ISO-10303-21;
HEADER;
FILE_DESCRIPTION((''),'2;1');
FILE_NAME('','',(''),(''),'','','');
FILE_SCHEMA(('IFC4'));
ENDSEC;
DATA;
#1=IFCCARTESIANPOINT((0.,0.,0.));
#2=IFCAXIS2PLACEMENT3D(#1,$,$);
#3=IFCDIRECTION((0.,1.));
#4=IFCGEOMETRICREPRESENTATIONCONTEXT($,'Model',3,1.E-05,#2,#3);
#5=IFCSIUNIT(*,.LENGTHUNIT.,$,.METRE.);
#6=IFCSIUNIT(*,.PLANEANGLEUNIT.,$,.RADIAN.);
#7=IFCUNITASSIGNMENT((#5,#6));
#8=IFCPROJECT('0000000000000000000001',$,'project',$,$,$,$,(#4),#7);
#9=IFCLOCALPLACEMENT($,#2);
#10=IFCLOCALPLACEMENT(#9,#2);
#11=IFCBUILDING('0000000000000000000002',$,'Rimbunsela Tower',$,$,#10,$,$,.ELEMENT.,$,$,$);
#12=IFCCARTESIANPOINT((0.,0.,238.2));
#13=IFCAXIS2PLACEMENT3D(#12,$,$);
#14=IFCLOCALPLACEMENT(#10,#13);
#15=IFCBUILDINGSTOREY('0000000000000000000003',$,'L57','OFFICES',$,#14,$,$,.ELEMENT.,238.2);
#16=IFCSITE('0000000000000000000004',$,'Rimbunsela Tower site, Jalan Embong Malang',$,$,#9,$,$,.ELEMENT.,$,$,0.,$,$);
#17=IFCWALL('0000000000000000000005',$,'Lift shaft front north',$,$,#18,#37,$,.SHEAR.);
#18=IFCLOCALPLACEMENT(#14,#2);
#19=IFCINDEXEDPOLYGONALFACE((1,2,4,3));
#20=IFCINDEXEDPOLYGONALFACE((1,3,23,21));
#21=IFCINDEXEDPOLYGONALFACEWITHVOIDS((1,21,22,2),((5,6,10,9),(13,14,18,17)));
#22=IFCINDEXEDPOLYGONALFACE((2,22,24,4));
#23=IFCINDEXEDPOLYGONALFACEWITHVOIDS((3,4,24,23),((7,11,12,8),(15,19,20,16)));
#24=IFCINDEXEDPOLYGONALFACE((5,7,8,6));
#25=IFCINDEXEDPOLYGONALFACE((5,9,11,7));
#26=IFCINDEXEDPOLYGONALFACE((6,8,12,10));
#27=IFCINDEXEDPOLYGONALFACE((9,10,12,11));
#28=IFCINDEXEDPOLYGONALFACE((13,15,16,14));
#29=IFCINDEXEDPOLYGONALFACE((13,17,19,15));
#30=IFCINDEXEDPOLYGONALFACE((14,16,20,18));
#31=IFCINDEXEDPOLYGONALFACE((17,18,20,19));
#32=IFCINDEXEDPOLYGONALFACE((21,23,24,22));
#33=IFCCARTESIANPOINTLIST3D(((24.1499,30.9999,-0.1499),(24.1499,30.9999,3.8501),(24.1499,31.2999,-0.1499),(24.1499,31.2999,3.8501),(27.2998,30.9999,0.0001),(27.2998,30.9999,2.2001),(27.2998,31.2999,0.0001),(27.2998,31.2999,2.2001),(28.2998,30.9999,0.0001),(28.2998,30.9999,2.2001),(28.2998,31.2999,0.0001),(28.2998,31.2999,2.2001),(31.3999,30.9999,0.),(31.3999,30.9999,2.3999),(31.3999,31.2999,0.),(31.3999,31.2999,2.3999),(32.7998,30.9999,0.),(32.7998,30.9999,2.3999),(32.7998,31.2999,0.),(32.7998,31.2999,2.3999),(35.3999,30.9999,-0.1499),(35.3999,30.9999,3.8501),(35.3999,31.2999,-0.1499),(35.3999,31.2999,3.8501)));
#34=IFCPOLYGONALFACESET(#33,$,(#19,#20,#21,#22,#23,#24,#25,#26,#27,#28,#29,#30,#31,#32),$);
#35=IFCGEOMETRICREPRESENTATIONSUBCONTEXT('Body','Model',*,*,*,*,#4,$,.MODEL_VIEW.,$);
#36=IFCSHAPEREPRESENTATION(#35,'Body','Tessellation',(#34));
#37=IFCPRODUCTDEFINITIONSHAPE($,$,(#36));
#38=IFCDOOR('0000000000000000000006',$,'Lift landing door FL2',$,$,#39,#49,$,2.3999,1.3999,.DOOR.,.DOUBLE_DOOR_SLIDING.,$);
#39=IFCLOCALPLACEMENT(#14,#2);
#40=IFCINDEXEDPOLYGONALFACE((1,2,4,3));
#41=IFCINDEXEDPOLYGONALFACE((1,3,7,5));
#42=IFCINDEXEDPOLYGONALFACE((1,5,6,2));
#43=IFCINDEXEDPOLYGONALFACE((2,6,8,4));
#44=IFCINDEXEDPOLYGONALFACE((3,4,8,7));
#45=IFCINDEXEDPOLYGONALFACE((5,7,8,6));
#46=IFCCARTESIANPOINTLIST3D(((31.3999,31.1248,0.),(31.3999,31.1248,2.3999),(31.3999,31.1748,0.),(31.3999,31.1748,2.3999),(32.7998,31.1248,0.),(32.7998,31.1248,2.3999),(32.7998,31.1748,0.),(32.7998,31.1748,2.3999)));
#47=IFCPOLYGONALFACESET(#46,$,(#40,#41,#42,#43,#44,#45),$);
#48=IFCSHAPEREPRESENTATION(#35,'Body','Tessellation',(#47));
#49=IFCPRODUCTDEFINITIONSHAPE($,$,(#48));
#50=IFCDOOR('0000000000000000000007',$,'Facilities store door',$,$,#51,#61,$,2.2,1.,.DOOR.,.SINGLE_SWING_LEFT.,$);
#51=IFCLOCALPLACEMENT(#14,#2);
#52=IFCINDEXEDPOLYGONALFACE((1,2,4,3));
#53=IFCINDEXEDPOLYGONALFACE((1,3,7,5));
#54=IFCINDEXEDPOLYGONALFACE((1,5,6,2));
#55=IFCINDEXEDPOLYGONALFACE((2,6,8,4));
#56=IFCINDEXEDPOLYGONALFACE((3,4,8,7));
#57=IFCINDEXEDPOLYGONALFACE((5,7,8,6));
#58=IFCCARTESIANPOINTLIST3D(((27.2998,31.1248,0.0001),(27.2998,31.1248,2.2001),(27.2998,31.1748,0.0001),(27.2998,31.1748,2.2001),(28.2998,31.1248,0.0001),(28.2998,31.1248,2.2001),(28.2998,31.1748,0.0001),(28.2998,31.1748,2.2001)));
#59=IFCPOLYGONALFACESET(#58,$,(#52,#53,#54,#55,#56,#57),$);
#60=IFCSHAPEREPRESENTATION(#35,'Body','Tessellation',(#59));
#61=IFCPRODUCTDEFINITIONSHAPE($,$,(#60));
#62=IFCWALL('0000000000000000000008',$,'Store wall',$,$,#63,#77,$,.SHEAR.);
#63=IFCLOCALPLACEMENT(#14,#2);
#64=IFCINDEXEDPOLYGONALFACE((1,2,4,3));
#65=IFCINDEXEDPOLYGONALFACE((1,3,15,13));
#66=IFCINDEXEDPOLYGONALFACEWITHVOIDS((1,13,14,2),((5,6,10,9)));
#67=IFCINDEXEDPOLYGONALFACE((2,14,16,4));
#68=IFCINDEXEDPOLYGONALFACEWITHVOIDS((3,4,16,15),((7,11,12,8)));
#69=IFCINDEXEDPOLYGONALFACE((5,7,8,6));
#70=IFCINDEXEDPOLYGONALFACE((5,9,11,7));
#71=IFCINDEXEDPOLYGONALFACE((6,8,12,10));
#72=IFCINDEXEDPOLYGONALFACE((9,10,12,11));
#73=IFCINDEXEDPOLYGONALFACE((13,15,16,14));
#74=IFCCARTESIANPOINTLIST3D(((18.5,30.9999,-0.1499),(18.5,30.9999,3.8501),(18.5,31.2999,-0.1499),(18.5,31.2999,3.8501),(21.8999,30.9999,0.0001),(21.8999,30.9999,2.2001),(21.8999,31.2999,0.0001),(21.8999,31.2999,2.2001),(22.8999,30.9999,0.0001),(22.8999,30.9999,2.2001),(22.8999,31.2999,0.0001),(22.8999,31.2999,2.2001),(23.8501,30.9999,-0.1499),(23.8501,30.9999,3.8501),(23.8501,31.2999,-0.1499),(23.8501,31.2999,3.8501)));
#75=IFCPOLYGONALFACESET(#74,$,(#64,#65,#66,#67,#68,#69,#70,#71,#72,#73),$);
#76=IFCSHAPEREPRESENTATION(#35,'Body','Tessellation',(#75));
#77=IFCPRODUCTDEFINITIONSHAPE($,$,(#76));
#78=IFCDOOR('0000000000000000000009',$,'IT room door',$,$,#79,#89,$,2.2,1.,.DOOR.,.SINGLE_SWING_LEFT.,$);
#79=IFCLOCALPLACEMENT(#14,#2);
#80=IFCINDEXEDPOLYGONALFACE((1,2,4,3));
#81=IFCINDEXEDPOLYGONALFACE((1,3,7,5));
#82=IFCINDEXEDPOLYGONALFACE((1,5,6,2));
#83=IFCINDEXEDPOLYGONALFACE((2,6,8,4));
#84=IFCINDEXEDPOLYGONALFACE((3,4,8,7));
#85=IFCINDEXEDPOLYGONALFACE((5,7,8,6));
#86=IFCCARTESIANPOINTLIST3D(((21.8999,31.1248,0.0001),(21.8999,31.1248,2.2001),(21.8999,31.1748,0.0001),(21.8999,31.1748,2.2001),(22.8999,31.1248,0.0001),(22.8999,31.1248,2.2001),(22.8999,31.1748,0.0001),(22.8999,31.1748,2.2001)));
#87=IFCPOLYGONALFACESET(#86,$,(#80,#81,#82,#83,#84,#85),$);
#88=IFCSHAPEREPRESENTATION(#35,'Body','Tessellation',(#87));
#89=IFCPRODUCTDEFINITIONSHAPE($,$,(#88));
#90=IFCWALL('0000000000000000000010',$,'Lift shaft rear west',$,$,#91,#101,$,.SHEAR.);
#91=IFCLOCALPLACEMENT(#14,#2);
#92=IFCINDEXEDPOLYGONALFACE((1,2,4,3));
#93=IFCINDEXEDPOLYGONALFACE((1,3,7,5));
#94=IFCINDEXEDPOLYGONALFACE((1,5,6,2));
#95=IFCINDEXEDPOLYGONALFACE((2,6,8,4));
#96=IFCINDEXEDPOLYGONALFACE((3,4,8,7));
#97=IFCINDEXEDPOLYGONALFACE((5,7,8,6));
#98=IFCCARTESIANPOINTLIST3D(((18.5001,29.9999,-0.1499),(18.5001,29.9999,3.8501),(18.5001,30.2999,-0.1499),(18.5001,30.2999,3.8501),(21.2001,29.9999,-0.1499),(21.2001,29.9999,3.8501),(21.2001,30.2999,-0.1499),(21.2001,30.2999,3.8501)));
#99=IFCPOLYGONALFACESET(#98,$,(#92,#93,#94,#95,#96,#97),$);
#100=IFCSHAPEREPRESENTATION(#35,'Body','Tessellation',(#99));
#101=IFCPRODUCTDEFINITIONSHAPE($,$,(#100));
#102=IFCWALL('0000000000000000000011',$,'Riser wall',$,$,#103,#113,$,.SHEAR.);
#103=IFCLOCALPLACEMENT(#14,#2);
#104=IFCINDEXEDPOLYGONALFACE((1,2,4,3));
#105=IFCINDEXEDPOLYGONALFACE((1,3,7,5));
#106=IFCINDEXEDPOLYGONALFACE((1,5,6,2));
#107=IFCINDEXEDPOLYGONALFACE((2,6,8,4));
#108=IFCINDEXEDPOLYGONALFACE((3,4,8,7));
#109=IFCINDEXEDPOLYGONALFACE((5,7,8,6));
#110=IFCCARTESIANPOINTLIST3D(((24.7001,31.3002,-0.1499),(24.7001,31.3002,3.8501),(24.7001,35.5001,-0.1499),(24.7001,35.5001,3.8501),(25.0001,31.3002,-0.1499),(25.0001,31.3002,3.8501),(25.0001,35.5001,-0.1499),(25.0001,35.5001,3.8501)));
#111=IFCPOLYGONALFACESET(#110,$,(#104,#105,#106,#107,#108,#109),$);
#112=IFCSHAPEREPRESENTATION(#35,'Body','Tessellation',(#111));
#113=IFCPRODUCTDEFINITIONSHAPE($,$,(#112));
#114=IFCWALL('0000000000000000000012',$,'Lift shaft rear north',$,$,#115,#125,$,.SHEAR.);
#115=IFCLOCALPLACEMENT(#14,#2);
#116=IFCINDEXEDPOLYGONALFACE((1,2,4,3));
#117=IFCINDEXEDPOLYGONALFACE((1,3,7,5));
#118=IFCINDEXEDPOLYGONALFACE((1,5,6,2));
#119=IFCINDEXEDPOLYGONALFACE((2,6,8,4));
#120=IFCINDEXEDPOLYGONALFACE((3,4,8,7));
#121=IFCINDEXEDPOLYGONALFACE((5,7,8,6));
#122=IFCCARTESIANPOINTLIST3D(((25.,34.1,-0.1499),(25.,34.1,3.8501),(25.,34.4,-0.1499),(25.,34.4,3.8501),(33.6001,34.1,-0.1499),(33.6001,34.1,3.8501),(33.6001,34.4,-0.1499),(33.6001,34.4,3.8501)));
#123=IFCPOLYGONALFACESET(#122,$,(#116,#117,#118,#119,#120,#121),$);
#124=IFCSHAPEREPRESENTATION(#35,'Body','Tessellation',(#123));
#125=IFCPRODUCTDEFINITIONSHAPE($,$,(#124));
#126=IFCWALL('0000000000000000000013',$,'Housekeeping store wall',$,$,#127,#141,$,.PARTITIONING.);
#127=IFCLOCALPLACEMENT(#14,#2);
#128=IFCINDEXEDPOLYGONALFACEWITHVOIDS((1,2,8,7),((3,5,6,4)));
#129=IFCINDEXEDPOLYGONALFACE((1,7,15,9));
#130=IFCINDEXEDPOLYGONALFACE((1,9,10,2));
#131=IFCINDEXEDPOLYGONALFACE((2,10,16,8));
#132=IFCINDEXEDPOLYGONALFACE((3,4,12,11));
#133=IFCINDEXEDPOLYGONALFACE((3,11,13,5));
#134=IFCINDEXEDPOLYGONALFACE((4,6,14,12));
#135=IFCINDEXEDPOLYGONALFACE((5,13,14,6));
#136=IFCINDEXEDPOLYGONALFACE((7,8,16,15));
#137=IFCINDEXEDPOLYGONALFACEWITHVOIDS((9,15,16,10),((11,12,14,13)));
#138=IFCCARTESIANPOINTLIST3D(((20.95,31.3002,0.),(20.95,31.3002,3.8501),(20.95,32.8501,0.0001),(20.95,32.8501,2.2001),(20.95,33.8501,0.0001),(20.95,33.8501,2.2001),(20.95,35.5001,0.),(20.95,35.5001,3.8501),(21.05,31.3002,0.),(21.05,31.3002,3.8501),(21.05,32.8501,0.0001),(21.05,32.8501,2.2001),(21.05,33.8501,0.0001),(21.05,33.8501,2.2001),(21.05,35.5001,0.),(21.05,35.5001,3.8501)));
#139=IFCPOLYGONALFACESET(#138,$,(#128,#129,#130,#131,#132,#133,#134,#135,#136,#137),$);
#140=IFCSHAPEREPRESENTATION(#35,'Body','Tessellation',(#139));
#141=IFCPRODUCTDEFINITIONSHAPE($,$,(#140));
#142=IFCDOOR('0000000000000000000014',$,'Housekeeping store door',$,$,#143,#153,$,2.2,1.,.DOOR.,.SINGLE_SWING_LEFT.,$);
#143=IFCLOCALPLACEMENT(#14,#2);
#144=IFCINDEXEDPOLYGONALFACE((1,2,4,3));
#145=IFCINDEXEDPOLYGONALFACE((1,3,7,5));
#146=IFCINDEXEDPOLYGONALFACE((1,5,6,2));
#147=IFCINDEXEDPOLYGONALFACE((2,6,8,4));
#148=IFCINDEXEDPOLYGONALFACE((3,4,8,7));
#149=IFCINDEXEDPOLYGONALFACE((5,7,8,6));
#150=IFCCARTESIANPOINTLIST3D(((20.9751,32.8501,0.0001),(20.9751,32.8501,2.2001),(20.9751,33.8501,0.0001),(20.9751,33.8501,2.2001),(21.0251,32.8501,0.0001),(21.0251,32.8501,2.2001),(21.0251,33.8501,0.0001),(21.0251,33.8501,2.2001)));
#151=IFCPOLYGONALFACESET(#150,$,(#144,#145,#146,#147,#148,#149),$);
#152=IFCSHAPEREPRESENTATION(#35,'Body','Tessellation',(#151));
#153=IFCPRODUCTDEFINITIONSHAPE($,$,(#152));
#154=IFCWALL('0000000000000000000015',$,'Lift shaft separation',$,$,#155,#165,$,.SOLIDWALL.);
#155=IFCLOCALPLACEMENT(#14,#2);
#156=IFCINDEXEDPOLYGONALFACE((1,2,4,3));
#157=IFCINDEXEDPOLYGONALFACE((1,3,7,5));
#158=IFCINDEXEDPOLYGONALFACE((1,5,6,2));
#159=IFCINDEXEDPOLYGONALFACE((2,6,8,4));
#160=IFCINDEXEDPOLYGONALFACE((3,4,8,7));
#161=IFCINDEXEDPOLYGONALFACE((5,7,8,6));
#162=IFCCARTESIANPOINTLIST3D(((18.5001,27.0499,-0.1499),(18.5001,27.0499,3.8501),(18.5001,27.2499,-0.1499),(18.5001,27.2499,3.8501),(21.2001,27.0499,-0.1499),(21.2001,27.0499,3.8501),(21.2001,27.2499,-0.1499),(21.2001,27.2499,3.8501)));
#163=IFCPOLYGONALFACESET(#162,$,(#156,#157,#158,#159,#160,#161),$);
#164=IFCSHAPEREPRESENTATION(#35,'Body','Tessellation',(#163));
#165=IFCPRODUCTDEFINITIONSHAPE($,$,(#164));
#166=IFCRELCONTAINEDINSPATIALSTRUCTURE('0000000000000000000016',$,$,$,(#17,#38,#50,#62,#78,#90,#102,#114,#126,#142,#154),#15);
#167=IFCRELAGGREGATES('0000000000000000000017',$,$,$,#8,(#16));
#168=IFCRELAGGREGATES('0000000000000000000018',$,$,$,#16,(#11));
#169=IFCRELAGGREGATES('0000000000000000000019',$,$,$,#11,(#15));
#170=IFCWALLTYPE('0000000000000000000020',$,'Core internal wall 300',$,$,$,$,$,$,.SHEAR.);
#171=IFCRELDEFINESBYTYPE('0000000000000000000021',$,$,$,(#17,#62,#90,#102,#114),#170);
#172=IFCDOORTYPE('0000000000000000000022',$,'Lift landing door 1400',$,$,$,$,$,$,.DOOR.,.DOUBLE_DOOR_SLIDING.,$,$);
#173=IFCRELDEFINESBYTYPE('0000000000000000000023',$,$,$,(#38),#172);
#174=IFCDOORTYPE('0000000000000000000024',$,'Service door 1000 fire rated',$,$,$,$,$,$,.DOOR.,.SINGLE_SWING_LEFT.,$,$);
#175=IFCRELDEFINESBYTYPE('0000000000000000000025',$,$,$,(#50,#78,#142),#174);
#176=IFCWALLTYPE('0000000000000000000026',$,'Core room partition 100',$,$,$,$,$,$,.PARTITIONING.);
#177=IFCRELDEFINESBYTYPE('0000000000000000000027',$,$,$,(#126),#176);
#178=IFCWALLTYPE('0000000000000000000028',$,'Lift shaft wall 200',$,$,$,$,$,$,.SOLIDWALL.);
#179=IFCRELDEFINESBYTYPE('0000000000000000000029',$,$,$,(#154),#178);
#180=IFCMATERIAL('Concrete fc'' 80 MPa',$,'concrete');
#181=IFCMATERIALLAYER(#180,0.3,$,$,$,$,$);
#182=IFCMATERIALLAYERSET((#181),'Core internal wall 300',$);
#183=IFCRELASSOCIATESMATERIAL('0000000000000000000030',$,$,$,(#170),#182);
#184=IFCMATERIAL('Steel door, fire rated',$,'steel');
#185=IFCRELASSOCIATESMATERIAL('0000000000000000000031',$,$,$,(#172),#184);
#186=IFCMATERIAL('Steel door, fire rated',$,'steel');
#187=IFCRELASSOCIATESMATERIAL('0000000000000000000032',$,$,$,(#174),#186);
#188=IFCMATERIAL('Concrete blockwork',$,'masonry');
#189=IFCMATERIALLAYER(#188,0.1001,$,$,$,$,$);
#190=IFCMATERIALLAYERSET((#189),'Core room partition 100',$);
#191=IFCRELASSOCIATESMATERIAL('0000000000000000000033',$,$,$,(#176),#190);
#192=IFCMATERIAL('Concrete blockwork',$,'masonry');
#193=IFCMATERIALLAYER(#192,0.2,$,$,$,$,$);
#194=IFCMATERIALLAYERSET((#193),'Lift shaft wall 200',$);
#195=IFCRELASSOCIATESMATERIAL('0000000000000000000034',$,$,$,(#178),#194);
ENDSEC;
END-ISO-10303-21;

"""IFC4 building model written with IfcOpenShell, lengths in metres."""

from ifc_helpers import new_model, si_unit, direction, frame, frame_2d, origin, place, context, subcontext, project, spatial, rectangle, extrude, material, layer, layer_set, type_object, element, fill, save


model = new_model("IFC4")

# Units and contexts
model_context = context("Model", 3, precision=1e-05, world=origin(), true_north=direction((0.0, 1.0)))
body_context = subcontext(model_context, "Body", "Model", "MODEL_VIEW")
ifc_project = project(units=[si_unit("LENGTHUNIT", "METRE"), si_unit("PLANEANGLEUNIT", "RADIAN")], contexts=[model_context])

# Site, building, storey
site_placement = place(None, origin())
site = spatial("IfcSite", under=ifc_project, at=site_placement, Name="Rimbunsela Tower site, Jalan Embong Malang", CompositionType="ELEMENT", RefElevation=0.0)
building_placement = place(site_placement, origin())
building = spatial("IfcBuilding", under=site, at=building_placement, Name="Rimbunsela Tower", CompositionType="ELEMENT")
storey_placement = place(building_placement, frame((0.0, 0.0, 238.2)))
storey = spatial("IfcBuildingStorey", under=building, at=storey_placement, Name="L57", Description="OFFICES", CompositionType="ELEMENT", Elevation=238.2)

# Wall, openings, doors
ifc_material_1 = material(Name="Concrete fc' 80 MPa", Category="concrete")
ifc_layer_1 = layer(ifc_material_1, 0.3)
ifc_layer_set_1 = layer_set([ifc_layer_1], Name="Core internal wall 300")
wall_type_1 = type_object("IfcWallType", Name="Core internal wall 300", PredefinedType="SHEAR", material=ifc_layer_set_1)
wall_1_placement = place(storey_placement, frame((24.1499, 31.1499, -0.1499), z_axis=(0.0, 0.0, 1.0), x_axis=(1.0, 0.0, 0.0)))
wall_1 = element("IfcWall", 1, at=wall_1_placement, inside=storey, type_object=wall_type_1, Name="Lift shaft front north", PredefinedType="SHEAR", context=body_context, shape_type="SweptSolid", body=[
    extrude(rectangle(XDim=11.25, YDim=0.3, at=frame_2d((5.625, 0.0))), origin(), (0.0, 0.0, 1.0), 4.0),
])
opening_1_placement = place(wall_1_placement, frame((3.1499, 0.0, 0.1499)))
opening_1 = element("IfcOpeningElement", 2, at=opening_1_placement, cuts=wall_1, PredefinedType="OPENING", context=body_context, shape_type="SweptSolid", body=[
    extrude(rectangle(XDim=1.0, YDim=2.2, at=frame_2d((0.5, 1.1001))), frame((0.0, 0.1599, 0.0), z_axis=(0.0, -1.0, 0.0), x_axis=(1.0, 0.0, 0.0)), (0.0, 0.0, 1.0), 0.3201),
])
opening_2_placement = place(wall_1_placement, frame((7.25, 0.0, 0.1499)))
opening_2 = element("IfcOpeningElement", 3, at=opening_2_placement, cuts=wall_1, PredefinedType="OPENING", context=body_context, shape_type="SweptSolid", body=[
    extrude(rectangle(XDim=1.3999, YDim=2.3999, at=frame_2d((0.7, 1.2))), frame((0.0, 0.1599, 0.0), z_axis=(0.0, -1.0, 0.0), x_axis=(1.0, 0.0, 0.0)), (0.0, 0.0, 1.0), 0.3201),
])
ifc_material_2 = material(Name="Steel door, fire rated", Category="steel")
door_type_1 = type_object("IfcDoorType", Name="Lift landing door 1400", OperationType="DOUBLE_DOOR_SLIDING", PredefinedType="DOOR", material=ifc_material_2)
door_1_placement = place(opening_2_placement, origin())
door_1 = element("IfcDoor", 4, at=door_1_placement, inside=storey, type_object=door_type_1, Name="Lift landing door FL2", OperationType="DOUBLE_DOOR_SLIDING", OverallHeight=2.3999, OverallWidth=1.3999, PredefinedType="DOOR", context=body_context, shape_type="SweptSolid", body=[
    extrude(rectangle(XDim=1.3999, YDim=2.3999, at=frame_2d((0.7, 1.2))), frame((0.0, 0.0249, 0.0), z_axis=(0.0, -1.0, 0.0), x_axis=(1.0, 0.0, 0.0)), (0.0, 0.0, 1.0), 0.05),
])
fill(opening_2, door_1)
ifc_material_3 = material(Name="Steel door, fire rated", Category="steel")
door_type_2 = type_object("IfcDoorType", Name="Service door 1000 fire rated", OperationType="SINGLE_SWING_LEFT", PredefinedType="DOOR", material=ifc_material_3)
door_2_placement = place(opening_1_placement, origin())
door_2 = element("IfcDoor", 5, at=door_2_placement, inside=storey, type_object=door_type_2, Name="Facilities store door", OperationType="SINGLE_SWING_LEFT", OverallHeight=2.2, OverallWidth=1.0, PredefinedType="DOOR", context=body_context, shape_type="SweptSolid", body=[
    extrude(rectangle(XDim=1.0, YDim=2.2, at=frame_2d((0.5, 1.1001))), frame((0.0, 0.0249, 0.0), z_axis=(0.0, -1.0, 0.0), x_axis=(1.0, 0.0, 0.0)), (0.0, 0.0, 1.0), 0.05),
])
fill(opening_1, door_2)

# Wall, opening, door
wall_2_placement = place(storey_placement, frame((18.5, 31.1499, -0.1499), z_axis=(0.0, 0.0, 1.0), x_axis=(1.0, 0.0, 0.0)))
wall_2 = element("IfcWall", 6, at=wall_2_placement, inside=storey, type_object=wall_type_1, Name="Store wall", PredefinedType="SHEAR", context=body_context, shape_type="SweptSolid", body=[
    extrude(rectangle(XDim=5.3501, YDim=0.3, at=frame_2d((2.675, 0.0))), origin(), (0.0, 0.0, 1.0), 4.0),
])
opening_3_placement = place(wall_2_placement, frame((3.3999, 0.0, 0.1499)))
opening_3 = element("IfcOpeningElement", 7, at=opening_3_placement, cuts=wall_2, PredefinedType="OPENING", context=body_context, shape_type="SweptSolid", body=[
    extrude(rectangle(XDim=1.0, YDim=2.2, at=frame_2d((0.5, 1.1001))), frame((0.0, 0.1599, 0.0), z_axis=(0.0, -1.0, 0.0), x_axis=(1.0, 0.0, 0.0)), (0.0, 0.0, 1.0), 0.3201),
])
door_3_placement = place(opening_3_placement, origin())
door_3 = element("IfcDoor", 8, at=door_3_placement, inside=storey, type_object=door_type_2, Name="IT room door", OperationType="SINGLE_SWING_LEFT", OverallHeight=2.2, OverallWidth=1.0, PredefinedType="DOOR", context=body_context, shape_type="SweptSolid", body=[
    extrude(rectangle(XDim=1.0, YDim=2.2, at=frame_2d((0.5, 1.1001))), frame((0.0, 0.0249, 0.0), z_axis=(0.0, -1.0, 0.0), x_axis=(1.0, 0.0, 0.0)), (0.0, 0.0, 1.0), 0.05),
])
fill(opening_3, door_3)

# Walls
wall_3_placement = place(storey_placement, frame((18.5, 30.1499, -0.1499), z_axis=(0.0, 0.0, 1.0), x_axis=(1.0, 0.0, 0.0)))
element("IfcWall", 9, at=wall_3_placement, inside=storey, type_object=wall_type_1, Name="Lift shaft rear west", PredefinedType="SHEAR", context=body_context, shape_type="SweptSolid", body=[
    extrude(rectangle(XDim=2.7, YDim=0.3, at=frame_2d((1.3501, 0.0))), origin(), (0.0, 0.0, 1.0), 4.0),
])
wall_4_placement = place(storey_placement, frame((24.8501, 31.3, -0.1499), z_axis=(0.0, 0.0, 1.0), x_axis=(0.0, 1.0, 0.0)))
element("IfcWall", 10, at=wall_4_placement, inside=storey, type_object=wall_type_1, Name="Riser wall", PredefinedType="SHEAR", context=body_context, shape_type="SweptSolid", body=[
    extrude(rectangle(XDim=4.2, YDim=0.3, at=frame_2d((2.1001, 0.0))), origin(), (0.0, 0.0, 1.0), 4.0),
])
wall_5_placement = place(storey_placement, frame((25.0, 34.25, -0.1499), z_axis=(0.0, 0.0, 1.0), x_axis=(1.0, 0.0, 0.0)))
element("IfcWall", 11, at=wall_5_placement, inside=storey, type_object=wall_type_1, Name="Lift shaft rear north", PredefinedType="SHEAR", context=body_context, shape_type="SweptSolid", body=[
    extrude(rectangle(XDim=8.6001, YDim=0.3, at=frame_2d((4.3, 0.0))), origin(), (0.0, 0.0, 1.0), 4.0),
])

# Wall, opening, door
ifc_material_4 = material(Name="Concrete blockwork", Category="masonry")
ifc_layer_2 = layer(ifc_material_4, 0.1001)
ifc_layer_set_2 = layer_set([ifc_layer_2], Name="Core room partition 100")
wall_type_2 = type_object("IfcWallType", Name="Core room partition 100", PredefinedType="PARTITIONING", material=ifc_layer_set_2)
wall_6_placement = place(storey_placement, frame((21.0, 31.3, 0.0), z_axis=(0.0, 0.0, 1.0), x_axis=(0.0, 1.0, 0.0)))
wall_6 = element("IfcWall", 12, at=wall_6_placement, inside=storey, type_object=wall_type_2, Name="Housekeeping store wall", PredefinedType="PARTITIONING", context=body_context, shape_type="SweptSolid", body=[
    extrude(rectangle(XDim=4.2, YDim=0.1001, at=frame_2d((2.1001, 0.0))), origin(), (0.0, 0.0, 1.0), 3.8501),
])
opening_4_placement = place(wall_6_placement, frame((1.55, 0.0, 0.0)))
opening_4 = element("IfcOpeningElement", 13, at=opening_4_placement, cuts=wall_6, PredefinedType="OPENING", context=body_context, shape_type="SweptSolid", body=[
    extrude(rectangle(XDim=1.0, YDim=2.2, at=frame_2d((0.5, 1.1001))), frame((0.0, 0.0601, 0.0), z_axis=(0.0, -1.0, 0.0), x_axis=(1.0, 0.0, 0.0)), (0.0, 0.0, 1.0), 0.1201),
])
door_4_placement = place(opening_4_placement, origin())
door_4 = element("IfcDoor", 14, at=door_4_placement, inside=storey, type_object=door_type_2, Name="Housekeeping store door", OperationType="SINGLE_SWING_LEFT", OverallHeight=2.2, OverallWidth=1.0, PredefinedType="DOOR", context=body_context, shape_type="SweptSolid", body=[
    extrude(rectangle(XDim=1.0, YDim=2.2, at=frame_2d((0.5, 1.1001))), frame((0.0, 0.0249, 0.0), z_axis=(0.0, -1.0, 0.0), x_axis=(1.0, 0.0, 0.0)), (0.0, 0.0, 1.0), 0.05),
])
fill(opening_4, door_4)

# Wall
ifc_material_5 = material(Name="Concrete blockwork", Category="masonry")
ifc_layer_3 = layer(ifc_material_5, 0.2)
ifc_layer_set_3 = layer_set([ifc_layer_3], Name="Lift shaft wall 200")
wall_type_3 = type_object("IfcWallType", Name="Lift shaft wall 200", PredefinedType="SOLIDWALL", material=ifc_layer_set_3)
wall_7_placement = place(storey_placement, frame((18.5, 27.1499, -0.1499), z_axis=(0.0, 0.0, 1.0), x_axis=(1.0, 0.0, 0.0)))
element("IfcWall", 15, at=wall_7_placement, inside=storey, type_object=wall_type_3, Name="Lift shaft separation", PredefinedType="SOLIDWALL", context=body_context, shape_type="SweptSolid", body=[
    extrude(rectangle(XDim=2.7, YDim=0.2, at=frame_2d((1.3501, 0.0))), origin(), (0.0, 0.0, 1.0), 4.0),
])

save(model, "model.ifc")
